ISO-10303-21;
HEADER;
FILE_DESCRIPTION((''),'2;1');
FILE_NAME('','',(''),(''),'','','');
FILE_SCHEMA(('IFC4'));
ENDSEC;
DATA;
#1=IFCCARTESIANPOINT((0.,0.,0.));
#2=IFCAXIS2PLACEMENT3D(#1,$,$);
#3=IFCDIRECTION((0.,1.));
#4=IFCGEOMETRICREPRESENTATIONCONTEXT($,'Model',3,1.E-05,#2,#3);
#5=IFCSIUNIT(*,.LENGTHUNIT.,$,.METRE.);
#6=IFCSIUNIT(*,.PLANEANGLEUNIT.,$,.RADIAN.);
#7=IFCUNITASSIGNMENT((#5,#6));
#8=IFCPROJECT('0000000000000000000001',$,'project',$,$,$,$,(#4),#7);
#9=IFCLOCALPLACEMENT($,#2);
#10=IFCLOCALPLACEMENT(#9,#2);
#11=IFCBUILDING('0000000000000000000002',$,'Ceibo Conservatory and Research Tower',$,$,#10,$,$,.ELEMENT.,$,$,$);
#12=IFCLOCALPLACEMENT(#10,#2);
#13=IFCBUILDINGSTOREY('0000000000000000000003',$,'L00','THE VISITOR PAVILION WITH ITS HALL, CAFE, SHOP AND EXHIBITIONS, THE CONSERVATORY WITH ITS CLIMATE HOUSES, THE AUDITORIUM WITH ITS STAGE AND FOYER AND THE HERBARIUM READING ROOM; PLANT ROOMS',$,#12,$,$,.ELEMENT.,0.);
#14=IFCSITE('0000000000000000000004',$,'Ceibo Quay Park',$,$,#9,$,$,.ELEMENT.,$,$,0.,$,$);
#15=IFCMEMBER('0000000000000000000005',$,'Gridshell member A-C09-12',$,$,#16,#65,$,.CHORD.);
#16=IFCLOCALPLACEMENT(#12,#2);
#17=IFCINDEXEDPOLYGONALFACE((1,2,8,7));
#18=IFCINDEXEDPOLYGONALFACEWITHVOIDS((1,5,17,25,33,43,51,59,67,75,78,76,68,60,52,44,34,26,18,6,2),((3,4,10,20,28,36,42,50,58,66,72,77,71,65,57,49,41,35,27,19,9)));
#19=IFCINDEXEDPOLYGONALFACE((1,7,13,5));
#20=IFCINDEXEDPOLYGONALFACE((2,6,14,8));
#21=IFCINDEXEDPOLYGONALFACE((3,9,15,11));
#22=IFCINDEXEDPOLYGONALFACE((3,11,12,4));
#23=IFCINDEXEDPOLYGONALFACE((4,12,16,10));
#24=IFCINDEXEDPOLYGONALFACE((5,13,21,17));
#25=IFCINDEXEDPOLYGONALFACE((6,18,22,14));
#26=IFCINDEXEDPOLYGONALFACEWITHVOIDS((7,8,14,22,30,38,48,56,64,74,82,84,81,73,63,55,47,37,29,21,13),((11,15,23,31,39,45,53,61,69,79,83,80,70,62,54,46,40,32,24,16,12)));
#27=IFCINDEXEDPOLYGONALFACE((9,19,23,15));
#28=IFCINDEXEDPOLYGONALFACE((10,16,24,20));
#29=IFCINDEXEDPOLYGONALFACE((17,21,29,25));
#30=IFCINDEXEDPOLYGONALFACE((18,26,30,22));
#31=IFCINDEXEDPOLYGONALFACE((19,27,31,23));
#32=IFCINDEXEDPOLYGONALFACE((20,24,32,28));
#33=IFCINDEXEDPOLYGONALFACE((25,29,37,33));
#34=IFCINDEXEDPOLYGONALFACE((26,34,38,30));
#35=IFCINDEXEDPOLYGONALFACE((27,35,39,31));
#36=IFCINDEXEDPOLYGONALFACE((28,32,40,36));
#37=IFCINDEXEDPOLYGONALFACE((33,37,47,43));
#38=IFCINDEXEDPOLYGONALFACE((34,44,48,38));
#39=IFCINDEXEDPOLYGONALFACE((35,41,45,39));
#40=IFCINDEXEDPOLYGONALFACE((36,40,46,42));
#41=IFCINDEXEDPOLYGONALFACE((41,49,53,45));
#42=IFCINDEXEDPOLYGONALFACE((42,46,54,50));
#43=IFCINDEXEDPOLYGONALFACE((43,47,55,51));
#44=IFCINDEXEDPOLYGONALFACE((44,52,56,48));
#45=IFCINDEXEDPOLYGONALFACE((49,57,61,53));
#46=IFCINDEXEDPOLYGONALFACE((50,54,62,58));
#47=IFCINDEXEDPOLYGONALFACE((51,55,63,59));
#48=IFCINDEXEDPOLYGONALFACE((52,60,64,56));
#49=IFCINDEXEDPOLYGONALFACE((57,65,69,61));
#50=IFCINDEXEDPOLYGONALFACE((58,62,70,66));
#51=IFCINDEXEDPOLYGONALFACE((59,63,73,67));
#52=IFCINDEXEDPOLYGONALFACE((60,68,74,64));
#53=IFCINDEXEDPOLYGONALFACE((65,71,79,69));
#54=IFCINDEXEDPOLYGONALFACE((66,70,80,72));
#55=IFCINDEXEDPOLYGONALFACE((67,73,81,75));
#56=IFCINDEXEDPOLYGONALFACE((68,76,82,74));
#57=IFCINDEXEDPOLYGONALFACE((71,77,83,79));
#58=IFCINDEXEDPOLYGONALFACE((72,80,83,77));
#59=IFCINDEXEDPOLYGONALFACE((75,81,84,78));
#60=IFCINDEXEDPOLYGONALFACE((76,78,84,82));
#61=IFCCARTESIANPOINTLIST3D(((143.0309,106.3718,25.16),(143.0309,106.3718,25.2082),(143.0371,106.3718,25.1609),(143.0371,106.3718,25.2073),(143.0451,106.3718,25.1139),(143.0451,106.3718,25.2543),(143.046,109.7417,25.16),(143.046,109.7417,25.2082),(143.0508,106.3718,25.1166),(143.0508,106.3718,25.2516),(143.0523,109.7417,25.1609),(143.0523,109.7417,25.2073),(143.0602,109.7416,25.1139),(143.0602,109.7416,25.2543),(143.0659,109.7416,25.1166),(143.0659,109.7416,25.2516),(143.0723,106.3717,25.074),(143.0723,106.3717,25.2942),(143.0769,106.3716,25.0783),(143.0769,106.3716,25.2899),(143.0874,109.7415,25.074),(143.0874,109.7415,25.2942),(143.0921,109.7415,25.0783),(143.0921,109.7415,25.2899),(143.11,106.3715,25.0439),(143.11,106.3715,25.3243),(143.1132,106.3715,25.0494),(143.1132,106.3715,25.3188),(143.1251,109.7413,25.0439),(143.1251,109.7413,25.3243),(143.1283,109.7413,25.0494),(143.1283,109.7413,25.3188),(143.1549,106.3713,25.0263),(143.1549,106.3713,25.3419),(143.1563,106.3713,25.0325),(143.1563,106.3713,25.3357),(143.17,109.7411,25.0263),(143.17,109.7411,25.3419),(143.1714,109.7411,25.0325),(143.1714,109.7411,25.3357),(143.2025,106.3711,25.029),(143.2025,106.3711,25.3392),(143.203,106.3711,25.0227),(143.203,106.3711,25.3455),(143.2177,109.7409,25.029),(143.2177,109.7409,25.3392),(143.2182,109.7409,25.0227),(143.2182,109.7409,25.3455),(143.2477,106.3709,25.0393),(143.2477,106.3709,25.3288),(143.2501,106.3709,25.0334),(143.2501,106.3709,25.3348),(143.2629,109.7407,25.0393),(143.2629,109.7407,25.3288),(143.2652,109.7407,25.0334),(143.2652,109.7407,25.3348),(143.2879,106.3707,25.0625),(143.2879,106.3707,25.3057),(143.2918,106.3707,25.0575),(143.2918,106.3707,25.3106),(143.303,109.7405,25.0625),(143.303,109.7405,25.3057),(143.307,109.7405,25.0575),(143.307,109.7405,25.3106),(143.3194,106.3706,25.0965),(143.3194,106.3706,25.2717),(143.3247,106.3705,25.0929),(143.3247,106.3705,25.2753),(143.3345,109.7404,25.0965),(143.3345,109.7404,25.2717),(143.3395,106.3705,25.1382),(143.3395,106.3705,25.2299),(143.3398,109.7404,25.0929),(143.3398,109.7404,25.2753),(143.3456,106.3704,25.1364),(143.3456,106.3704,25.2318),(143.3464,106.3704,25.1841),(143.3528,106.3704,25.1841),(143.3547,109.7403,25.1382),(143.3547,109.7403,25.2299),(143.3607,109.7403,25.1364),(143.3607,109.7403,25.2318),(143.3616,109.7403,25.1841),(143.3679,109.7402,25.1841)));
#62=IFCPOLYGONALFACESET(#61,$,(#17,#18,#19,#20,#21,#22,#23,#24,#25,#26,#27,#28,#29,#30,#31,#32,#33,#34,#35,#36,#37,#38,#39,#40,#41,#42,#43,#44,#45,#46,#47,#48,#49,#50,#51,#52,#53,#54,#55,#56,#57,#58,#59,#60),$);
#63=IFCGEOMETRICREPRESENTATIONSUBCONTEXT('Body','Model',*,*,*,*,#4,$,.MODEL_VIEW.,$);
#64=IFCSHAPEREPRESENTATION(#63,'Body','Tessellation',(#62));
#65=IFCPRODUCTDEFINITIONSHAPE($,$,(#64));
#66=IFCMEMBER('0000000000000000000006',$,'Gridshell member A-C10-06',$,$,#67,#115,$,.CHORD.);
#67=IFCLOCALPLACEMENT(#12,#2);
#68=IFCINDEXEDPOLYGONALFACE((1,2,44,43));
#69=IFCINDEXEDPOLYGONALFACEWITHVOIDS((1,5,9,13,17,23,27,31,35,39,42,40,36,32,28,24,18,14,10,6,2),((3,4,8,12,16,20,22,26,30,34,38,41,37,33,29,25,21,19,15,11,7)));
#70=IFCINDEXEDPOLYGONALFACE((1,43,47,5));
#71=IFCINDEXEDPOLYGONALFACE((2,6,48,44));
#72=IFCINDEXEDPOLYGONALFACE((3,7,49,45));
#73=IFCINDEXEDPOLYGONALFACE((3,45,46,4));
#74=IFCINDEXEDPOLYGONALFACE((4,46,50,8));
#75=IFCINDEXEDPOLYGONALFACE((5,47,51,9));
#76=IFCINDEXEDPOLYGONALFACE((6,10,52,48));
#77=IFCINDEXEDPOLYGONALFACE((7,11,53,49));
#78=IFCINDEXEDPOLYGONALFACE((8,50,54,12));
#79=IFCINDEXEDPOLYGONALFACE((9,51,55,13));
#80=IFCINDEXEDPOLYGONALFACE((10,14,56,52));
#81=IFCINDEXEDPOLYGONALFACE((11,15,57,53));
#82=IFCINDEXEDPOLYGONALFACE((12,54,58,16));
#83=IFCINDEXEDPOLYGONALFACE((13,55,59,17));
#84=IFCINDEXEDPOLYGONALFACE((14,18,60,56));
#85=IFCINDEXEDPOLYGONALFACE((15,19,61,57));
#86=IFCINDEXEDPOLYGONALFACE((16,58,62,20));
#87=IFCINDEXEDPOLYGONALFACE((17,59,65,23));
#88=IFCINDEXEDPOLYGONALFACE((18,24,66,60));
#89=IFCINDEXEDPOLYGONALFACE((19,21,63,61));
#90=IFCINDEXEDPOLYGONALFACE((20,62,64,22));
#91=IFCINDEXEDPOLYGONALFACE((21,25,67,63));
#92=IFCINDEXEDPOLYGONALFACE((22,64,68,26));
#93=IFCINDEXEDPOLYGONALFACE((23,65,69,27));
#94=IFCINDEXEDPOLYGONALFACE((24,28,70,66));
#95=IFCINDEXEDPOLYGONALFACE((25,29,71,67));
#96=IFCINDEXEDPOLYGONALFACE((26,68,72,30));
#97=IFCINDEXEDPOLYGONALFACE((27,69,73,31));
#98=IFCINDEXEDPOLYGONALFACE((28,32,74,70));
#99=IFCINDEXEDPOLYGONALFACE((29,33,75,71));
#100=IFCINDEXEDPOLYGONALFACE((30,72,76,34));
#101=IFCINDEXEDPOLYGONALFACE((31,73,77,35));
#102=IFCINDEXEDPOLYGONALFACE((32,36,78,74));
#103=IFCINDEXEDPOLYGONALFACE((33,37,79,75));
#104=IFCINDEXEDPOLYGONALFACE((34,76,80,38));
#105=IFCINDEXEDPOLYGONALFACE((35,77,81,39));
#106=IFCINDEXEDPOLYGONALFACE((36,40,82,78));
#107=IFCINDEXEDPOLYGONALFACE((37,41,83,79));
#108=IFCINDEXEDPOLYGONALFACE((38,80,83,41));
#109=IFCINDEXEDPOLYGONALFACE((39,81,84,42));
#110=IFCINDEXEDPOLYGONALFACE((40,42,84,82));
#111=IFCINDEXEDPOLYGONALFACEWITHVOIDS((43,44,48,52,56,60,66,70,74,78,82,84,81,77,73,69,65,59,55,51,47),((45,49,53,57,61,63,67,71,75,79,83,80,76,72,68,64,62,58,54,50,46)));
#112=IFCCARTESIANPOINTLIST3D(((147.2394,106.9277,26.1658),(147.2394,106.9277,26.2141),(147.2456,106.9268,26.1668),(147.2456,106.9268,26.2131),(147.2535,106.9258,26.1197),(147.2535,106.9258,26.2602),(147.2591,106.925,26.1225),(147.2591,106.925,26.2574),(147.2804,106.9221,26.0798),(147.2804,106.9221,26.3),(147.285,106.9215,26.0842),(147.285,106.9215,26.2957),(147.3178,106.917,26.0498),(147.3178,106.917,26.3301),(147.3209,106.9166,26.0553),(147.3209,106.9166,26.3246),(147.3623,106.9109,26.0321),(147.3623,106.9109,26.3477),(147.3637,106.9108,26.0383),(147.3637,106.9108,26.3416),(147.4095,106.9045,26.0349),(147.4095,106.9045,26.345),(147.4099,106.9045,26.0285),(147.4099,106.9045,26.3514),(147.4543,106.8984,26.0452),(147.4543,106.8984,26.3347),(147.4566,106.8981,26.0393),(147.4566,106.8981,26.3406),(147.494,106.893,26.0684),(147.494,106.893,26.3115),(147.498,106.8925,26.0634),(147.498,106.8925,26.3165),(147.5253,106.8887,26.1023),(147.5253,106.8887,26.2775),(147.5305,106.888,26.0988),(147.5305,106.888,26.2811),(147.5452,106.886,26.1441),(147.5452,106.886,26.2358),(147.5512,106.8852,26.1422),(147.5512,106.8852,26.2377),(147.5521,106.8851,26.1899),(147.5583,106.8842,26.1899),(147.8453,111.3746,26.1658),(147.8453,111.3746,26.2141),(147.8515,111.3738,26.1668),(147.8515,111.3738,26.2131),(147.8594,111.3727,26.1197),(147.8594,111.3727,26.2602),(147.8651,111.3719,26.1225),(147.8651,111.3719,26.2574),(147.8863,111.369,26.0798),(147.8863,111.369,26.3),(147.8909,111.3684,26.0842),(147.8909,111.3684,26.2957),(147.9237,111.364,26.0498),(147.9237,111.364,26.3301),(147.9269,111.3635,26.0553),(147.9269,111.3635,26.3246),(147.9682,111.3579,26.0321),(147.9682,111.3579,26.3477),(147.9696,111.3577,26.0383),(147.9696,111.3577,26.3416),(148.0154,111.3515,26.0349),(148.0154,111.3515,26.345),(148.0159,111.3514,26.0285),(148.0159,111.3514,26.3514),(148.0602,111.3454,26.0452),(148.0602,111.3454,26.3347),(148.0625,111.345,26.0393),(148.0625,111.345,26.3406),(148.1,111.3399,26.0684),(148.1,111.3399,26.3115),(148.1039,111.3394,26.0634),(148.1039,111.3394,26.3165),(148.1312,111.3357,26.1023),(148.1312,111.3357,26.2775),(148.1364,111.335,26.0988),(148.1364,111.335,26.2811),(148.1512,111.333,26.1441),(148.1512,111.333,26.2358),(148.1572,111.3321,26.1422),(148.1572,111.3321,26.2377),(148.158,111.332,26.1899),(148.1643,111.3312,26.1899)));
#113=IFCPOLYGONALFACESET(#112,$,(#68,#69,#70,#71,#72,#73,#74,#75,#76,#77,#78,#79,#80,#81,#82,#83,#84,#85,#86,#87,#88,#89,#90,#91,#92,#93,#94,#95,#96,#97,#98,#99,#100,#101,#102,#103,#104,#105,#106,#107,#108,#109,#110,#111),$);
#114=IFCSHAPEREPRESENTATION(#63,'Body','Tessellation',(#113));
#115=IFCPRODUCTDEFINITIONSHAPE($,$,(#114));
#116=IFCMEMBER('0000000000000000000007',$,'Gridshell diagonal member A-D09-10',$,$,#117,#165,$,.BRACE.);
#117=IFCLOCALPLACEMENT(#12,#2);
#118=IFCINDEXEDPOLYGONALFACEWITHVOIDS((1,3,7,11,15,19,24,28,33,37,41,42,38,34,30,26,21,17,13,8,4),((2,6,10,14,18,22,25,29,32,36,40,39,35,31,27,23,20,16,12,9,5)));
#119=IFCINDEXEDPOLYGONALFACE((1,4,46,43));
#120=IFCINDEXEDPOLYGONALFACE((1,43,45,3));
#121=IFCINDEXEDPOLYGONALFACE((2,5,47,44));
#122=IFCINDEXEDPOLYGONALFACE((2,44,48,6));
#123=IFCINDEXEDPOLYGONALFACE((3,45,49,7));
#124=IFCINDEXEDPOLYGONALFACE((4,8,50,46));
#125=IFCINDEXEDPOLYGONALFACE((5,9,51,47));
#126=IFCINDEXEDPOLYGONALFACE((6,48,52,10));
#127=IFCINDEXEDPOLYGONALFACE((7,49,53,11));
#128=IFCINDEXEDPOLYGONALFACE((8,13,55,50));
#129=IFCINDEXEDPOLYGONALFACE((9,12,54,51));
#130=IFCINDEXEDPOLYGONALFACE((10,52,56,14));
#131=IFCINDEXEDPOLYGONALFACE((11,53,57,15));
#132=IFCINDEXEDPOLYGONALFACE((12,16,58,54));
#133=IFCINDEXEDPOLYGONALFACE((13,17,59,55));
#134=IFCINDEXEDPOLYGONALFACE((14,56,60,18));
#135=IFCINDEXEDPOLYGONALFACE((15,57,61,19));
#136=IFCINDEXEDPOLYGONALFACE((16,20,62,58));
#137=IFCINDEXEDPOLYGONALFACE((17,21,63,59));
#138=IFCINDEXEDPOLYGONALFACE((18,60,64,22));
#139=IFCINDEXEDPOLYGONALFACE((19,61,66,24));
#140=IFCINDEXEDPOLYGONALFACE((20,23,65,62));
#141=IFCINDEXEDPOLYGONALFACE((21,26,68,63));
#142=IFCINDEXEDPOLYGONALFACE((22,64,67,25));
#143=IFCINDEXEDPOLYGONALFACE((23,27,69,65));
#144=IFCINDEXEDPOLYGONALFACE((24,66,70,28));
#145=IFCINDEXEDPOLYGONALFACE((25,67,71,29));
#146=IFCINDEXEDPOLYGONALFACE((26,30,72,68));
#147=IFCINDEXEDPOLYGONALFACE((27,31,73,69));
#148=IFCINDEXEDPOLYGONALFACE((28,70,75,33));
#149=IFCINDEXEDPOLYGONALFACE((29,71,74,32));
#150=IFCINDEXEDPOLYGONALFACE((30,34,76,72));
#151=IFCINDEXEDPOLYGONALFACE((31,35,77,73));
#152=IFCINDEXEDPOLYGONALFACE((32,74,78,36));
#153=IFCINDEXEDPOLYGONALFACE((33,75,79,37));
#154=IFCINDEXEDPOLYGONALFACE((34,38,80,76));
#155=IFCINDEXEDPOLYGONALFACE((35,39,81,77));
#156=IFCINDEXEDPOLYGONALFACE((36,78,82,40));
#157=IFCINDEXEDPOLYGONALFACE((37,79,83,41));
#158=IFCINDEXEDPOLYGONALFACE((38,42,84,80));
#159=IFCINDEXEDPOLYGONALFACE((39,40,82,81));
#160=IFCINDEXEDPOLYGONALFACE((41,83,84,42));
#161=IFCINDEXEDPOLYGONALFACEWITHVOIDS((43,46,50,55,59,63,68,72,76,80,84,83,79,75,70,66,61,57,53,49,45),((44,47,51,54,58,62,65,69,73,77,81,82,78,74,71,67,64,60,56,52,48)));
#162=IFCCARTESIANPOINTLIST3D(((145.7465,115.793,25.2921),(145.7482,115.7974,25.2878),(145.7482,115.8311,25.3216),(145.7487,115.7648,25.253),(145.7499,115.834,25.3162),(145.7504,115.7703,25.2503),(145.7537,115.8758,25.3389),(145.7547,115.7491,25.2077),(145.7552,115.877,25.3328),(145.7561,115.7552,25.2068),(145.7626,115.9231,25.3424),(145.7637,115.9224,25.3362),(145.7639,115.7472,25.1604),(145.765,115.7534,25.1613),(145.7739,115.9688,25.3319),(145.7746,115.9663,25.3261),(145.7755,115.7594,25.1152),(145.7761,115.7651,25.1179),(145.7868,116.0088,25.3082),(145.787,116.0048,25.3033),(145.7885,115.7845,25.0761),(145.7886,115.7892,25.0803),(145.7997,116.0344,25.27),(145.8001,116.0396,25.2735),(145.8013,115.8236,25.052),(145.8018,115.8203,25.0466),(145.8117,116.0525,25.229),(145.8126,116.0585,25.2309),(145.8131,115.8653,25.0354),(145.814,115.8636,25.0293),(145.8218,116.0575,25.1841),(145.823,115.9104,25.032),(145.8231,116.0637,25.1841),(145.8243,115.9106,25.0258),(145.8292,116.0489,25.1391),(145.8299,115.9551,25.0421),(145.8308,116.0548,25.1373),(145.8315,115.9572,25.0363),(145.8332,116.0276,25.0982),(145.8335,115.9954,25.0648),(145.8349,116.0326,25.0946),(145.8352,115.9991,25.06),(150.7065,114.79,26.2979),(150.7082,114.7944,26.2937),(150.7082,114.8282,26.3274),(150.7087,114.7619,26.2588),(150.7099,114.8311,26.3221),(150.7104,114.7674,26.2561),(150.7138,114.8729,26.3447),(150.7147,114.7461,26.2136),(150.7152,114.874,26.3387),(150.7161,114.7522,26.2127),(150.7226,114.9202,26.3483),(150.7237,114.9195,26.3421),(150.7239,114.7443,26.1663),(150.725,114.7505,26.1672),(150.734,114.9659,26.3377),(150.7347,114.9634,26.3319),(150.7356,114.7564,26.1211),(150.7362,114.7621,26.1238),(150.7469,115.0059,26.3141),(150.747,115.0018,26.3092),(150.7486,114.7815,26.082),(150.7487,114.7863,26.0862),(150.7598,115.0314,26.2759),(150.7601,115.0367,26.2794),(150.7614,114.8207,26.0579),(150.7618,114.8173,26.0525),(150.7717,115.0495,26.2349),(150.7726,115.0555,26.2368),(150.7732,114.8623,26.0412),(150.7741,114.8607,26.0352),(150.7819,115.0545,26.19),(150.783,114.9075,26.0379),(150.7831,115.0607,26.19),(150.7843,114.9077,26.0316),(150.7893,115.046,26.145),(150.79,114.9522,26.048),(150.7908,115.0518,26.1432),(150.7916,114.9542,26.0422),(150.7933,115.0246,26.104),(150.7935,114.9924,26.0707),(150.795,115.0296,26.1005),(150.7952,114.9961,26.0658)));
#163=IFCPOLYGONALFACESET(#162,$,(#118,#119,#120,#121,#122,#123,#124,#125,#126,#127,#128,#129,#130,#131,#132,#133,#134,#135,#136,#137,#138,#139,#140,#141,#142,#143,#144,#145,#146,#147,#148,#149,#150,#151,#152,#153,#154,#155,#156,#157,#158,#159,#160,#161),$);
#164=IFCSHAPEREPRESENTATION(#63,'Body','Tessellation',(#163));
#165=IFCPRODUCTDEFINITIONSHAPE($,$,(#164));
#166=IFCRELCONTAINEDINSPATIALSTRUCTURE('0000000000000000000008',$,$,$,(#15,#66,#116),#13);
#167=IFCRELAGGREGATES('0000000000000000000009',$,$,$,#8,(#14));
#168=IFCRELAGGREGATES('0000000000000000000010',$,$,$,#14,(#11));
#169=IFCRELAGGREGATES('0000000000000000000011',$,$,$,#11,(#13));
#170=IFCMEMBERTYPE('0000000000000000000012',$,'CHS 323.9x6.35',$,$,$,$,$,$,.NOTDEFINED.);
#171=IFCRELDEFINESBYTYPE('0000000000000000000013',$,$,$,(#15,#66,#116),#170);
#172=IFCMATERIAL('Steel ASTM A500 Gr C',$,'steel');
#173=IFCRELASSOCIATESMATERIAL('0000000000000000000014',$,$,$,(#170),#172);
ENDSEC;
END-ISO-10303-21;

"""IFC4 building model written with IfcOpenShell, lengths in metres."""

from ifc_helpers import new_model, si_unit, direction, frame, origin, origin_2d, place, context, subcontext, project, spatial, hollow_circle, extrude, material, material_profile, profile_set, type_object, element, save


model = new_model("IFC4")

# Units and contexts
model_context = context("Model", 3, precision=1e-05, world=origin(), true_north=direction((0.0, 1.0)))
body_context = subcontext(model_context, "Body", "Model", "MODEL_VIEW")
ifc_project = project(units=[si_unit("LENGTHUNIT", "METRE"), si_unit("PLANEANGLEUNIT", "RADIAN")], contexts=[model_context])

# Site, building, storey
site_placement = place(None, origin())
site = spatial("IfcSite", under=ifc_project, at=site_placement, Name="Ceibo Quay Park", CompositionType="ELEMENT", RefElevation=0.0)
building_placement = place(site_placement, origin())
building = spatial("IfcBuilding", under=site, at=building_placement, Name="Ceibo Conservatory and Research Tower", CompositionType="ELEMENT")
storey_placement = place(building_placement, origin())
storey = spatial("IfcBuildingStorey", under=building, at=storey_placement, Name="L00", Description="THE VISITOR PAVILION WITH ITS HALL, CAFE, SHOP AND EXHIBITIONS, THE CONSERVATORY WITH ITS CLIMATE HOUSES, THE AUDITORIUM WITH ITS STAGE AND FOYER AND THE HERBARIUM READING ROOM; PLANT ROOMS", CompositionType="ELEMENT", Elevation=0.0)

# Members
ifc_material_1 = material(Name="Steel ASTM A500 Gr C", Category="steel")
ifc_material_profile_1 = material_profile(ifc_material_1, hollow_circle(Radius=0.1619, WallThickness=0.0063, at=origin_2d()), Name="CHS 323.9x6.35")
ifc_profile_set_1 = profile_set([ifc_material_profile_1], Name="Steel ASTM A500 Gr C")
member_type_1 = type_object("IfcMemberType", Name="CHS 323.9x6.35", PredefinedType="NOTDEFINED", material=ifc_profile_set_1)
member_1_placement = place(storey_placement, frame((143.2061, 109.741, 25.1841), z_axis=(-0.004492, -0.99999, 0.0), x_axis=(0.99999, -0.004492, 0.0)))
element("IfcMember", 1, at=member_1_placement, inside=storey, type_object=member_type_1, Name="Gridshell member A-C09-12", PredefinedType="CHORD", context=body_context, shape_type="SweptSolid", body=[
    extrude(hollow_circle(Radius=0.1619, WallThickness=0.0063, at=origin_2d()), origin(), (0.0, 0.0, 1.0), 3.3699),
])
member_2_placement = place(storey_placement, frame((148.0039, 111.353, 26.1899), z_axis=(-0.135014, -0.990844, 0.0), x_axis=(0.990844, -0.135014, 0.0)))
element("IfcMember", 2, at=member_2_placement, inside=storey, type_object=member_type_1, Name="Gridshell member A-C10-06", PredefinedType="CHORD", context=body_context, shape_type="SweptSolid", body=[
    extrude(hollow_circle(Radius=0.1619, WallThickness=0.0063, at=origin_2d()), origin(), (0.0, 0.0, 1.0), 4.488),
])
member_3_placement = place(storey_placement, frame((145.791, 115.905, 25.1841), z_axis=(0.961355, -0.194391, 0.194959), x_axis=(0.198194, 0.980163, 0.0)))
element("IfcMember", 3, at=member_3_placement, inside=storey, type_object=member_type_1, Name="Gridshell diagonal member A-D09-10", PredefinedType="BRACE", context=body_context, shape_type="SweptSolid", body=[
    extrude(hollow_circle(Radius=0.1619, WallThickness=0.0063, at=origin_2d()), origin(), (0.0, 0.0, 1.0), 5.1594),
])

save(model, "model.ifc")
